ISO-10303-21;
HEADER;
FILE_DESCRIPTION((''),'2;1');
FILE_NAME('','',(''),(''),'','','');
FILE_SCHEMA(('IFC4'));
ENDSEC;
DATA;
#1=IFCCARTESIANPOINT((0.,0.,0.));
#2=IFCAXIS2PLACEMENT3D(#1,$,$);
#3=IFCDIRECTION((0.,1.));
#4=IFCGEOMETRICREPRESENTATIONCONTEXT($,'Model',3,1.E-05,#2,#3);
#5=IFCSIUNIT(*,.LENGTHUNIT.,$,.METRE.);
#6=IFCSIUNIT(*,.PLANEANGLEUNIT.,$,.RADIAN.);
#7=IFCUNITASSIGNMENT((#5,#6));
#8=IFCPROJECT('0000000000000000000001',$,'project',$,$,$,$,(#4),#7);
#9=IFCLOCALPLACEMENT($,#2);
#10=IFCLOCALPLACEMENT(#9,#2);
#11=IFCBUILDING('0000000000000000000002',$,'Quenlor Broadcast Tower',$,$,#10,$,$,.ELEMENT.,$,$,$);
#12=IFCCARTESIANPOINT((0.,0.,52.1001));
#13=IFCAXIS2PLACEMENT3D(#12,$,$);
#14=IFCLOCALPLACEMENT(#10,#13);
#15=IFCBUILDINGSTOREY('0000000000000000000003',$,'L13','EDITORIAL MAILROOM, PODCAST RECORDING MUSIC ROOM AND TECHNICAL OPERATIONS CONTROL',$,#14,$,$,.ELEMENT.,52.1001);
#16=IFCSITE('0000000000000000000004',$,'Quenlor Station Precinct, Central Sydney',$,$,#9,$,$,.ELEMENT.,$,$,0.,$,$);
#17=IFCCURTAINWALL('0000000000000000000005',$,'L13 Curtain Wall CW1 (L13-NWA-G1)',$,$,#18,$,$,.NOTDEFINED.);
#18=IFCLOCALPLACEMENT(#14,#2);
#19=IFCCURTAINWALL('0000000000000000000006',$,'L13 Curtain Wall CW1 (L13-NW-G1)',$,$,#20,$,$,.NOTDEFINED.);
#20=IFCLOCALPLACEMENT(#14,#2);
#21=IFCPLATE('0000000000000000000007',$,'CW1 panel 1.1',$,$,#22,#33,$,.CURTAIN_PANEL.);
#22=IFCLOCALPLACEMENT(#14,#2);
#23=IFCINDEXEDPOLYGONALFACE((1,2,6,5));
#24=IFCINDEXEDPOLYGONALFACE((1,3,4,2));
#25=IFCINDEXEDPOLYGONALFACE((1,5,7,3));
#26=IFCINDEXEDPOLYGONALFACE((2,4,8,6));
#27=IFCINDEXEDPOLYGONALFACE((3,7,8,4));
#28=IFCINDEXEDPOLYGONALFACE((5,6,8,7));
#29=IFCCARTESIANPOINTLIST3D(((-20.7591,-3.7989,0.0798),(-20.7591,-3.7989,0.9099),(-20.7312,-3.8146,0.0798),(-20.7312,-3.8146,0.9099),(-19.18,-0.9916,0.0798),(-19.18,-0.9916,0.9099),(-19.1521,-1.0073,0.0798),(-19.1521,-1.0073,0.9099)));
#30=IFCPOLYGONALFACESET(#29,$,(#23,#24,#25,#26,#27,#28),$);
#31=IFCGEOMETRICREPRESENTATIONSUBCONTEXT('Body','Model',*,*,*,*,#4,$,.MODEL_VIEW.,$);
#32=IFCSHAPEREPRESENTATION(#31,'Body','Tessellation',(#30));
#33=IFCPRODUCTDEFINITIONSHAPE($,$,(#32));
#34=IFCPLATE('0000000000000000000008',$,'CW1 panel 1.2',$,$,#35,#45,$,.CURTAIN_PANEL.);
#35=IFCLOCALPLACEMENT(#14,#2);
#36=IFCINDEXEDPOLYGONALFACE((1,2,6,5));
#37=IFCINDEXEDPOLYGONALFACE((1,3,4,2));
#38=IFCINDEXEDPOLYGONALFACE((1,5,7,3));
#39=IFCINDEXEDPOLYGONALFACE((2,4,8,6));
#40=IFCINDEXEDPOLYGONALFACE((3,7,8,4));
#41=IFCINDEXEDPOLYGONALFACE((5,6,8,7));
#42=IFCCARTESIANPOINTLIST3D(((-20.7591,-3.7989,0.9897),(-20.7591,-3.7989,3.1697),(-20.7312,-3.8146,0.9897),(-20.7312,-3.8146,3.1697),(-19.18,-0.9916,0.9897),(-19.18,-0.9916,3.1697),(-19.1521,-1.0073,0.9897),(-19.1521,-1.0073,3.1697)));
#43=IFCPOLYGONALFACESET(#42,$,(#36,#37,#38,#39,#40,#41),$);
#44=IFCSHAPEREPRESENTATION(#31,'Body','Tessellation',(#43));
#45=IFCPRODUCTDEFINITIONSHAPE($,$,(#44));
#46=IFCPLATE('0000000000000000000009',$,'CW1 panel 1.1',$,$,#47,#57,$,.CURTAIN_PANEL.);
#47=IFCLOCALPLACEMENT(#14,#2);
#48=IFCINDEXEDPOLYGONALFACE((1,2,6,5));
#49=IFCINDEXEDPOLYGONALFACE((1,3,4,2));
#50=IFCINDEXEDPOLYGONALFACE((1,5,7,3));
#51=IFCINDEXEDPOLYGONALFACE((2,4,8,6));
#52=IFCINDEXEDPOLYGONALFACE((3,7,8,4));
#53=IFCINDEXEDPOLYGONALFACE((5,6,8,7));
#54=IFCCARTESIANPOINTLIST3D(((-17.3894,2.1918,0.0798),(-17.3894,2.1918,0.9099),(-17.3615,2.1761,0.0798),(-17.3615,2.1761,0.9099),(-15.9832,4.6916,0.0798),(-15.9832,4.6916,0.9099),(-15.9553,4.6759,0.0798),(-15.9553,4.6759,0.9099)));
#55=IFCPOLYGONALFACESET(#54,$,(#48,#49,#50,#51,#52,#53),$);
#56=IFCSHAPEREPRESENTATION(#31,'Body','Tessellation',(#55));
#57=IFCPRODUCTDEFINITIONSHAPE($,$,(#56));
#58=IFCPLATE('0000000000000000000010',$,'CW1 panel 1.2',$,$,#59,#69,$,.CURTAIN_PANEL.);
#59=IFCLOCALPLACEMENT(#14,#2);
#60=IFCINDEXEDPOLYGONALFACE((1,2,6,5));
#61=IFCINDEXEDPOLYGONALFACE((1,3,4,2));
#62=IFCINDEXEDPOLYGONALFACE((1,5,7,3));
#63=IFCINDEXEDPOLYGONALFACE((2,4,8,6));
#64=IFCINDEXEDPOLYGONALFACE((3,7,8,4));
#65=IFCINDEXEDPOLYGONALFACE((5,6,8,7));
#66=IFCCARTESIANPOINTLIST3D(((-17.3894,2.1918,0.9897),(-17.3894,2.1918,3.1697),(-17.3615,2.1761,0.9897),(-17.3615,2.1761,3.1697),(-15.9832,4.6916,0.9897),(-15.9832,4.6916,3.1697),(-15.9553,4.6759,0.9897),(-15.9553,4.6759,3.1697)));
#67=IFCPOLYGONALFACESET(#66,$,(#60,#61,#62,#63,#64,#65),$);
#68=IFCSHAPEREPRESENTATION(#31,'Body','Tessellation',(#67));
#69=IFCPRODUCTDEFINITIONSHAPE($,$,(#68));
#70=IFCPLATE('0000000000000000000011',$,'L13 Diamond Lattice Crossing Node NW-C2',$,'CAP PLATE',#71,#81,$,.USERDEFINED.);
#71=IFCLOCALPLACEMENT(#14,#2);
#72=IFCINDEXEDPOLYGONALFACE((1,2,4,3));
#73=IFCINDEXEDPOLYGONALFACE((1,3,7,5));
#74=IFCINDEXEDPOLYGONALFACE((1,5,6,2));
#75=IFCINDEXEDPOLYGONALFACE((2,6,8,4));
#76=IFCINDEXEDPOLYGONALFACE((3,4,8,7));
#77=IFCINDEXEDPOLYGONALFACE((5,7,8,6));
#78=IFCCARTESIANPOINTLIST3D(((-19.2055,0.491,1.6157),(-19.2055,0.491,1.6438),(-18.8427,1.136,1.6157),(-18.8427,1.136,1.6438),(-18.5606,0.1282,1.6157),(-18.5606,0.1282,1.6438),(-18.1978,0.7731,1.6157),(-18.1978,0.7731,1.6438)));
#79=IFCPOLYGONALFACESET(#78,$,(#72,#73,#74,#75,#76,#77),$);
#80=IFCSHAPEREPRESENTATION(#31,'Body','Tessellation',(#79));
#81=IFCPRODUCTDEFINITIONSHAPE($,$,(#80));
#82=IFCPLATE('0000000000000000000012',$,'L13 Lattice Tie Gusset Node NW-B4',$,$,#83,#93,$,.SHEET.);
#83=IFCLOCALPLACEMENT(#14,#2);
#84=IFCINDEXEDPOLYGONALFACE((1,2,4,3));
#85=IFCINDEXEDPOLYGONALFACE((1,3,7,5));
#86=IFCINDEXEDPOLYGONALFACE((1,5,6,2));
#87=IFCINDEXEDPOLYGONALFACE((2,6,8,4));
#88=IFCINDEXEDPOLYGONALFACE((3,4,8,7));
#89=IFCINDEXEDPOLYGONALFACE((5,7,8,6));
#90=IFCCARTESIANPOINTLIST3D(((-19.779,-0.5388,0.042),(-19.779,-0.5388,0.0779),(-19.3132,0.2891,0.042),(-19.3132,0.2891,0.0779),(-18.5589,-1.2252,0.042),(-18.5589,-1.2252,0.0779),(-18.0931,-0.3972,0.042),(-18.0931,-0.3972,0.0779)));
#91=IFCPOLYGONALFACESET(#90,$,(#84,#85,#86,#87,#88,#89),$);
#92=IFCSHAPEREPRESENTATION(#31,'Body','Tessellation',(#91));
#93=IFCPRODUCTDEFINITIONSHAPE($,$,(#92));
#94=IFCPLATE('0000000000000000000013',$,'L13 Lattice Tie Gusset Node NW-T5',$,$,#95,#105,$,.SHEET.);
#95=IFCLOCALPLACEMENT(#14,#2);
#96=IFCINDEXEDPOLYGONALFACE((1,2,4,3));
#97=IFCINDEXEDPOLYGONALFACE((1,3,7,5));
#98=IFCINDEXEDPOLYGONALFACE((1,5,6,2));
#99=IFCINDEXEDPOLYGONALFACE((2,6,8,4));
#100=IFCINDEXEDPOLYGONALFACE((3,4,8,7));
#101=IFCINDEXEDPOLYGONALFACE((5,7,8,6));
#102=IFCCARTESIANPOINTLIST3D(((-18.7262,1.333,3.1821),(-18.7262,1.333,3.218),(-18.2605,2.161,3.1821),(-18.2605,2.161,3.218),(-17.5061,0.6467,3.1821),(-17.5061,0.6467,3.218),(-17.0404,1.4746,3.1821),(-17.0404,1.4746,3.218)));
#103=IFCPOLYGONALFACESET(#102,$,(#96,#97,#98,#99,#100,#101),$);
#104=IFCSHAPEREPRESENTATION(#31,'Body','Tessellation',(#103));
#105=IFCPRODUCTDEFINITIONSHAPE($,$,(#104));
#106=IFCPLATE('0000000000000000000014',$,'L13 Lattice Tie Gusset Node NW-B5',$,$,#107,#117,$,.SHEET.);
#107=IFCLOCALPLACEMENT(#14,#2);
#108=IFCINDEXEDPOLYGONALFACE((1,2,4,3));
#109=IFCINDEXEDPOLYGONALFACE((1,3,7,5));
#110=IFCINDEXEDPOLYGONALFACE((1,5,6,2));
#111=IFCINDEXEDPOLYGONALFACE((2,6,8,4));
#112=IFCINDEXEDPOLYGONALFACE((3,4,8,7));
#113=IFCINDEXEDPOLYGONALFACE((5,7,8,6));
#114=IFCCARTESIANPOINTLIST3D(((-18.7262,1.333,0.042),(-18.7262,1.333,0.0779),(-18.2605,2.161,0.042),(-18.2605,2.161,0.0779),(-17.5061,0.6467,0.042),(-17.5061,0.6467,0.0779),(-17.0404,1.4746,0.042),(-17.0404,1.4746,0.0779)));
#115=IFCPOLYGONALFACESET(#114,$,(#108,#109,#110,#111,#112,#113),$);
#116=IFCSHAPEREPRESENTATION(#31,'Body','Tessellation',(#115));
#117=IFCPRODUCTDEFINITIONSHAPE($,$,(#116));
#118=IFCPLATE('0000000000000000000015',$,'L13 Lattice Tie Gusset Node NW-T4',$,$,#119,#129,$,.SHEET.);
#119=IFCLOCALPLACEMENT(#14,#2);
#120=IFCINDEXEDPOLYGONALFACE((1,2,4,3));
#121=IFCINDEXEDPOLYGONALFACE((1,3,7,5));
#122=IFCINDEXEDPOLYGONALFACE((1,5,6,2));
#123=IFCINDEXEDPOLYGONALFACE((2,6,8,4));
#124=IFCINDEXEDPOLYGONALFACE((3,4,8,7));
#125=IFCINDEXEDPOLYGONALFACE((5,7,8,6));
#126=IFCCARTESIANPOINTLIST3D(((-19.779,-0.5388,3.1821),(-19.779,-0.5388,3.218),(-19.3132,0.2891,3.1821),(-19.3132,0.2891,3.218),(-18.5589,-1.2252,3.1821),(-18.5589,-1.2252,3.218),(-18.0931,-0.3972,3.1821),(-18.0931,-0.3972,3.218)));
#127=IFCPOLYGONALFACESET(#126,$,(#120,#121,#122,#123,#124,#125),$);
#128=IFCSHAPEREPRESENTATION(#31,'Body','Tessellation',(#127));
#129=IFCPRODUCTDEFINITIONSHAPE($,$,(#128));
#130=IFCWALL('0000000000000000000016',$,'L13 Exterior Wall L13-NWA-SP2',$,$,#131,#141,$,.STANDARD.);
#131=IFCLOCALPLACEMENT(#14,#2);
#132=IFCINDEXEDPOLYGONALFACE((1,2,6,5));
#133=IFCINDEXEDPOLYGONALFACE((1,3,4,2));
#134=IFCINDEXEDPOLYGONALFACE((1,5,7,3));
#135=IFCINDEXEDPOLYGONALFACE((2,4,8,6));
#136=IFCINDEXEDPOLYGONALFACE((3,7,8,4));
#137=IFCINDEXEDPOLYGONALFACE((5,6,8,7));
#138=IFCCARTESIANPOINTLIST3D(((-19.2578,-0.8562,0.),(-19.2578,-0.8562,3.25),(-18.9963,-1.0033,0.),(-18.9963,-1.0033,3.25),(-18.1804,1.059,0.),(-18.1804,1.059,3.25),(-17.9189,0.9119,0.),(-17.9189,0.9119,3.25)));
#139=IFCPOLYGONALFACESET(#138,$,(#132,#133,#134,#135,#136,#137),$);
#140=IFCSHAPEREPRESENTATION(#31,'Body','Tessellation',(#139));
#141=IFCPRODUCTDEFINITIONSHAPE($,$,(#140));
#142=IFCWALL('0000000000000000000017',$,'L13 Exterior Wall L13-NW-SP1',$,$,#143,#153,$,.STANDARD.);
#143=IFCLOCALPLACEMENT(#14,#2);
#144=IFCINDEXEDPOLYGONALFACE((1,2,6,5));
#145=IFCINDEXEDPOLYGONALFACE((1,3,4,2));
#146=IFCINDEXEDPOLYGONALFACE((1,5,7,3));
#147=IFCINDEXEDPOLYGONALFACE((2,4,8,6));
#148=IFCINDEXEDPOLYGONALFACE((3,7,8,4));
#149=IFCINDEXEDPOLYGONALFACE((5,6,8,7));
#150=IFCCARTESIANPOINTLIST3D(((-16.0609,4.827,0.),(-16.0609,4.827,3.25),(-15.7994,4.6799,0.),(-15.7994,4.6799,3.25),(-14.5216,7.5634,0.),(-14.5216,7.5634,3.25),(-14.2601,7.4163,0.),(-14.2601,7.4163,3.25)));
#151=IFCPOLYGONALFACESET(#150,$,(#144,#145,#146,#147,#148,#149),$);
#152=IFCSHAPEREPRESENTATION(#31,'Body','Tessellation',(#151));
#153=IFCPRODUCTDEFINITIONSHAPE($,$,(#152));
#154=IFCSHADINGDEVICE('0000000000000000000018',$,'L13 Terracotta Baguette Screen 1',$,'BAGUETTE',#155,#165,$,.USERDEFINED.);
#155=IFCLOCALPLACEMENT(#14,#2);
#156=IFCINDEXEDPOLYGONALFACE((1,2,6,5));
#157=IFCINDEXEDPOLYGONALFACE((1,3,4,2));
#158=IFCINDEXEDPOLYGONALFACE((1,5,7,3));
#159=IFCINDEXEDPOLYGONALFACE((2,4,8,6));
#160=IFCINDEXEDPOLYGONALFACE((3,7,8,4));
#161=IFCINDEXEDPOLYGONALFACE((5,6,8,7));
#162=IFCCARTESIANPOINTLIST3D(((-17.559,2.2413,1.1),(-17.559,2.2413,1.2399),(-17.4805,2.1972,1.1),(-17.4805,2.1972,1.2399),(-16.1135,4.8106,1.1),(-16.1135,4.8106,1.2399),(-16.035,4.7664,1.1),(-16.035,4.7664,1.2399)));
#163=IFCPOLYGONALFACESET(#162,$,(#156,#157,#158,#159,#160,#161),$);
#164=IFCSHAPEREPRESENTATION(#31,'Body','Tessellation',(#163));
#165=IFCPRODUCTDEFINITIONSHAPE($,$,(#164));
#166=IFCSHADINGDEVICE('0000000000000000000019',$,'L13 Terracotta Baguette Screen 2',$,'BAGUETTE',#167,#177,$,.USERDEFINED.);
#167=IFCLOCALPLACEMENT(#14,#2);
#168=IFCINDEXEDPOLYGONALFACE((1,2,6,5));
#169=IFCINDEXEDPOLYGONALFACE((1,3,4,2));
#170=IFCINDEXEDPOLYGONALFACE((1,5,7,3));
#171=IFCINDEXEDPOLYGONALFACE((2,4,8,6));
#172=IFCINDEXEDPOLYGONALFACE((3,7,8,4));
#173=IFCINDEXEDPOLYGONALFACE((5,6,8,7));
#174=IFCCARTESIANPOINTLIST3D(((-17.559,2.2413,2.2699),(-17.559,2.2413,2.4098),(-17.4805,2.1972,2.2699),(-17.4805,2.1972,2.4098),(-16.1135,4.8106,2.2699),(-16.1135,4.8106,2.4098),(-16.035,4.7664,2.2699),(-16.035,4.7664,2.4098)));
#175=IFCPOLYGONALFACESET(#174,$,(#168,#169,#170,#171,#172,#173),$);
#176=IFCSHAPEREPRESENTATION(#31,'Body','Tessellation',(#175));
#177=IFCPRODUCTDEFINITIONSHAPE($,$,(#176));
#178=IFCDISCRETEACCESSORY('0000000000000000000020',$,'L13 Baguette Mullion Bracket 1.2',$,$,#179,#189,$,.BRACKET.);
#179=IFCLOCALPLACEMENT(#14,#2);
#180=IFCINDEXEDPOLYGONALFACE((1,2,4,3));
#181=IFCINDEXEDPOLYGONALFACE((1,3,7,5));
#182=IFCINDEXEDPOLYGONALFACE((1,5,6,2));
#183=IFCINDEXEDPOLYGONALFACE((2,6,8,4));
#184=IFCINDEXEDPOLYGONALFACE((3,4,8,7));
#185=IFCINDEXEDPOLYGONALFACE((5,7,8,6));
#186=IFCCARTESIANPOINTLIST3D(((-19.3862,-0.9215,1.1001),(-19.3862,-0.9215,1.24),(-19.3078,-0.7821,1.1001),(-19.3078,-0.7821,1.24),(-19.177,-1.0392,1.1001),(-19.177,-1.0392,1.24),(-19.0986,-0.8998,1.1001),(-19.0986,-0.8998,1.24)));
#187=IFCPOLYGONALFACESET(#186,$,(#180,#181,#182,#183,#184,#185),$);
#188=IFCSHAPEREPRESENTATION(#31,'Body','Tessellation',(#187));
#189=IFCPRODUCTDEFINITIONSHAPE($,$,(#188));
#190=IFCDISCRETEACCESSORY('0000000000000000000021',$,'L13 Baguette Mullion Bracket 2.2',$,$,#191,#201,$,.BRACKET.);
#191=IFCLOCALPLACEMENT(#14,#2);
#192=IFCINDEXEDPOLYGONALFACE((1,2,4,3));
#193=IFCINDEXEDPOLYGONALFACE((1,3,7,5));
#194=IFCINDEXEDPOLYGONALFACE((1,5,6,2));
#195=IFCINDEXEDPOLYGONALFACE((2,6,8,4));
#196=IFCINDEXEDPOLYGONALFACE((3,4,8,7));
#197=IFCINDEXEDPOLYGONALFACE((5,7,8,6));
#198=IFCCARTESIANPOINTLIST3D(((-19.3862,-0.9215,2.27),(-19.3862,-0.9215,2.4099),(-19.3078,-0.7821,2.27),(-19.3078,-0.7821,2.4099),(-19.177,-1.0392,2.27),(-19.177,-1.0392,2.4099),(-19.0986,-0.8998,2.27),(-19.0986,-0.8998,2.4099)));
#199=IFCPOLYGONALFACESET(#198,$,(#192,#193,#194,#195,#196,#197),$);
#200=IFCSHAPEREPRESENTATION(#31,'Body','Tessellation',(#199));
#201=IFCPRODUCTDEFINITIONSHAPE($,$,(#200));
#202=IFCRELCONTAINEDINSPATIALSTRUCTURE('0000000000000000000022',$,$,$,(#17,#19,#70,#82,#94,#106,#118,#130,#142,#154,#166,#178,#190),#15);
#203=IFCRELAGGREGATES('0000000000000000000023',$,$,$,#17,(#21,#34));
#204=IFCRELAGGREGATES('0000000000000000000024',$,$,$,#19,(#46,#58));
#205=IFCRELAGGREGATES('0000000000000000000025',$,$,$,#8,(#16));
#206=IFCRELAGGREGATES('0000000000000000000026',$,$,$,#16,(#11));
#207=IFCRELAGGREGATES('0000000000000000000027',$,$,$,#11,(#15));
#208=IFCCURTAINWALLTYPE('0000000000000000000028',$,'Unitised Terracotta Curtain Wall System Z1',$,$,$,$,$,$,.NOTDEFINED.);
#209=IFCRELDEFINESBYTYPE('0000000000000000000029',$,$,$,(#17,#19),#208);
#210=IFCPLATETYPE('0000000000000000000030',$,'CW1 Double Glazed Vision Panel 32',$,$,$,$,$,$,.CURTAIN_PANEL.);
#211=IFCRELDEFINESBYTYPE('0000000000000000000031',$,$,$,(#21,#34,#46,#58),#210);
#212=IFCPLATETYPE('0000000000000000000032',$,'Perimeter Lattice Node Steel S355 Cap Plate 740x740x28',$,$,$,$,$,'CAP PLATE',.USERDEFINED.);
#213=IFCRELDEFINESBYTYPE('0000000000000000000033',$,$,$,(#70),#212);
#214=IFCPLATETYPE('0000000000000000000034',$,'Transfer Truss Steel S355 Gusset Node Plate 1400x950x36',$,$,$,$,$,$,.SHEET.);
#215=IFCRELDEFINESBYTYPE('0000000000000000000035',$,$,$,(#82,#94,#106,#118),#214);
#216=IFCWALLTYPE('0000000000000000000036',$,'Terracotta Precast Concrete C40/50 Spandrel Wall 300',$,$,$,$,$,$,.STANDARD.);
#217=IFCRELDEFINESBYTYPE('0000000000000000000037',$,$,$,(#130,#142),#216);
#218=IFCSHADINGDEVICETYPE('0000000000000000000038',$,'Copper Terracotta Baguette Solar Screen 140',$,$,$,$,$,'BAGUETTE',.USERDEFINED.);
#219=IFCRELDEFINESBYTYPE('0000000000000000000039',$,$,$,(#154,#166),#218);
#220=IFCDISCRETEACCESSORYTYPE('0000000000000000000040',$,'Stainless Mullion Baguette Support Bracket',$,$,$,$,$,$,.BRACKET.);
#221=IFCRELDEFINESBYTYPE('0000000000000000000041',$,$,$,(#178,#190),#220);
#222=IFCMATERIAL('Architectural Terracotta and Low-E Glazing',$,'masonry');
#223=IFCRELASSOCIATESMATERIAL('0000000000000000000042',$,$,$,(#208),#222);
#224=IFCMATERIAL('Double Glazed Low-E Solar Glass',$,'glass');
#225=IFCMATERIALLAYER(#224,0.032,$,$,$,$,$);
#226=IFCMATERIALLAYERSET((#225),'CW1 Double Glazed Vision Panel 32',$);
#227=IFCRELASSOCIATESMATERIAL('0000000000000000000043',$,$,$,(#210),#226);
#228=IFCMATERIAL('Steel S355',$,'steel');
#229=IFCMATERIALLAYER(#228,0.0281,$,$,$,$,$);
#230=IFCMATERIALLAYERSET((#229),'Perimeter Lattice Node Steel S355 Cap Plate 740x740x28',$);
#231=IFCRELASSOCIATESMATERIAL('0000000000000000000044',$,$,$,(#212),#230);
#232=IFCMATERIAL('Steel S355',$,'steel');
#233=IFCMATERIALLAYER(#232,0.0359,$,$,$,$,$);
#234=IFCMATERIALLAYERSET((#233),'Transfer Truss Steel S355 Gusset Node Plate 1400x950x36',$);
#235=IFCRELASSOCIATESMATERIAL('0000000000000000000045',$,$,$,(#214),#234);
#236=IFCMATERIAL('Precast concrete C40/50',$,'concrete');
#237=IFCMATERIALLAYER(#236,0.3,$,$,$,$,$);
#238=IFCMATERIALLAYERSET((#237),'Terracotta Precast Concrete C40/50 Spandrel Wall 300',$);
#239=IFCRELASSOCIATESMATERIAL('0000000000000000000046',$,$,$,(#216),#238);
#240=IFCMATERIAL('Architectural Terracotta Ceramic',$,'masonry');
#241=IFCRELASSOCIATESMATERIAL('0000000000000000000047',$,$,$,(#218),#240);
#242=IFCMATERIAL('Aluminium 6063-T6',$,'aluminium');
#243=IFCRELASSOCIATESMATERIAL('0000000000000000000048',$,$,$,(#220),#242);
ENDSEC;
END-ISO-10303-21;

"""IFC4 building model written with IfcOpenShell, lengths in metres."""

from ifc_helpers import new_model, si_unit, direction, frame, frame_2d, origin, origin_2d, place, context, subcontext, project, spatial, rectangle, extrude, material, layer, layer_set, material_profile, profile_set, type_object, element, aggregate, save


model = new_model("IFC4")

# Units and contexts
model_context = context("Model", 3, precision=1e-05, world=origin(), true_north=direction((0.0, 1.0)))
body_context = subcontext(model_context, "Body", "Model", "MODEL_VIEW")
ifc_project = project(units=[si_unit("LENGTHUNIT", "METRE"), si_unit("PLANEANGLEUNIT", "RADIAN")], contexts=[model_context])

# Site, building, storey
site_placement = place(None, origin())
site = spatial("IfcSite", under=ifc_project, at=site_placement, Name="Quenlor Station Precinct, Central Sydney", CompositionType="ELEMENT", RefElevation=0.0)
building_placement = place(site_placement, origin())
building = spatial("IfcBuilding", under=site, at=building_placement, Name="Quenlor Broadcast Tower", CompositionType="ELEMENT")
storey_placement = place(building_placement, frame((0.0, 0.0, 52.1001)))
storey = spatial("IfcBuildingStorey", under=building, at=storey_placement, Name="L13", Description="EDITORIAL MAILROOM, PODCAST RECORDING MUSIC ROOM AND TECHNICAL OPERATIONS CONTROL", CompositionType="ELEMENT", Elevation=52.1001)

# Curtain wall
ifc_material_1 = material(Name="Architectural Terracotta and Low-E Glazing", Category="masonry")
curtain_wall_type = type_object("IfcCurtainWallType", Name="Unitised Terracotta Curtain Wall System Z1", PredefinedType="NOTDEFINED", material=ifc_material_1)
curtain_wall_1_placement = place(storey_placement, origin())
curtain_wall_1 = element("IfcCurtainWall", 1, at=curtain_wall_1_placement, inside=storey, type_object=curtain_wall_type, Name="L13 Curtain Wall CW1 (L13-NWA-G1)", PredefinedType="NOTDEFINED")

# Curtain wall
curtain_wall_2_placement = place(storey_placement, origin())
curtain_wall_2 = element("IfcCurtainWall", 2, at=curtain_wall_2_placement, inside=storey, type_object=curtain_wall_type, Name="L13 Curtain Wall CW1 (L13-NW-G1)", PredefinedType="NOTDEFINED")

# Plates
ifc_material_2 = material(Name="Double Glazed Low-E Solar Glass", Category="glass")
ifc_layer_1 = layer(ifc_material_2, 0.032)
ifc_layer_set_1 = layer_set([ifc_layer_1], Name="CW1 Double Glazed Vision Panel 32")
plate_type_1 = type_object("IfcPlateType", Name="CW1 Double Glazed Vision Panel 32", PredefinedType="CURTAIN_PANEL", material=ifc_layer_set_1)
plate_1_placement = place(storey_placement, frame((-19.9556, -2.4031, 0.0798), z_axis=(0.0, 0.0, 1.0), x_axis=(0.490257, 0.871578, 0.0)))
plate_1 = element("IfcPlate", 3, at=plate_1_placement, type_object=plate_type_1, Name="CW1 panel 1.1", PredefinedType="CURTAIN_PANEL", context=body_context, shape_type="SweptSolid", body=[
    extrude(rectangle(XDim=3.2209, YDim=0.032, at=origin_2d()), origin(), (0.0, 0.0, 1.0), 0.8301),
])
plate_2_placement = place(storey_placement, frame((-19.9556, -2.4031, 0.9897), z_axis=(0.0, 0.0, 1.0), x_axis=(0.490257, 0.871578, 0.0)))
plate_2 = element("IfcPlate", 4, at=plate_2_placement, type_object=plate_type_1, Name="CW1 panel 1.2", PredefinedType="CURTAIN_PANEL", context=body_context, shape_type="SweptSolid", body=[
    extrude(rectangle(XDim=3.2209, YDim=0.032, at=origin_2d()), origin(), (0.0, 0.0, 1.0), 2.1799),
])
aggregate(curtain_wall_1, [plate_1, plate_2])
plate_3_placement = place(storey_placement, frame((-16.6724, 3.4338, 0.0798), z_axis=(0.0, 0.0, 1.0), x_axis=(0.490274, 0.871568, 0.0)))
plate_3 = element("IfcPlate", 5, at=plate_3_placement, type_object=plate_type_1, Name="CW1 panel 1.1", PredefinedType="CURTAIN_PANEL", context=body_context, shape_type="SweptSolid", body=[
    extrude(rectangle(XDim=2.8682, YDim=0.032, at=origin_2d()), origin(), (0.0, 0.0, 1.0), 0.8301),
])
plate_4_placement = place(storey_placement, frame((-16.6724, 3.4338, 0.9897), z_axis=(0.0, 0.0, 1.0), x_axis=(0.490274, 0.871568, 0.0)))
plate_4 = element("IfcPlate", 6, at=plate_4_placement, type_object=plate_type_1, Name="CW1 panel 1.2", PredefinedType="CURTAIN_PANEL", context=body_context, shape_type="SweptSolid", body=[
    extrude(rectangle(XDim=2.8682, YDim=0.032, at=origin_2d()), origin(), (0.0, 0.0, 1.0), 2.1799),
])
aggregate(curtain_wall_2, [plate_3, plate_4])

# Plates
ifc_material_3 = material(Name="Steel S355", Category="steel")
ifc_layer_2 = layer(ifc_material_3, 0.0281)
ifc_layer_set_2 = layer_set([ifc_layer_2], Name="Perimeter Lattice Node Steel S355 Cap Plate 740x740x28")
plate_type_2 = type_object("IfcPlateType", Name="Perimeter Lattice Node Steel S355 Cap Plate 740x740x28", ElementType="CAP PLATE", PredefinedType="USERDEFINED", material=ifc_layer_set_2)
plate_5_placement = place(storey_placement, frame((-18.7017, 0.6321, 1.6157), z_axis=(0.0, 0.0, 1.0), x_axis=(0.490295, 0.871556, 0.0)))
element("IfcPlate", 7, at=plate_5_placement, inside=storey, type_object=plate_type_2, Name="L13 Diamond Lattice Crossing Node NW-C2", ObjectType="CAP PLATE", PredefinedType="USERDEFINED", context=body_context, shape_type="SweptSolid", body=[
    extrude(rectangle(XDim=0.74, YDim=0.74, at=origin_2d()), origin(), (0.0, 0.0, 1.0), 0.0281),
])
ifc_material_4 = material(Name="Steel S355", Category="steel")
ifc_layer_3 = layer(ifc_material_4, 0.0359)
ifc_layer_set_3 = layer_set([ifc_layer_3], Name="Transfer Truss Steel S355 Gusset Node Plate 1400x950x36")
plate_type_3 = type_object("IfcPlateType", Name="Transfer Truss Steel S355 Gusset Node Plate 1400x950x36", PredefinedType="SHEET", material=ifc_layer_set_3)
for number, where, z_axis, x_axis, name in (
    (8, (-18.936, -0.468, 0.042), (0.0, 0.0, 1.0), (-0.871556, 0.490295, 0.0), "L13 Lattice Tie Gusset Node NW-B4"),
    (9, (-17.8833, 1.4038, 3.1821), (0.0, 0.0, 1.0), (-0.871556, 0.490295, 0.0), "L13 Lattice Tie Gusset Node NW-T5"),
    (10, (-17.8833, 1.4038, 0.042), (0.0, 0.0, 1.0), (-0.871556, 0.490295, 0.0), "L13 Lattice Tie Gusset Node NW-B5"),
    (11, (-18.936, -0.468, 3.1821), (0.0, 0.0, 1.0), (-0.871556, 0.490295, 0.0), "L13 Lattice Tie Gusset Node NW-T4"),
):
    element("IfcPlate", number, at=place(storey_placement, frame(where, z_axis=z_axis, x_axis=x_axis)), inside=storey, type_object=plate_type_3, Name=name, PredefinedType="SHEET", context=body_context, shape_type="SweptSolid", body=[
        extrude(rectangle(XDim=1.3999, YDim=0.95, at=origin_2d()), origin(), (0.0, 0.0, 1.0), 0.0359),
    ])

# Walls
ifc_material_5 = material(Name="Precast concrete C40/50", Category="concrete")
ifc_layer_4 = layer(ifc_material_5, 0.3)
ifc_layer_set_4 = layer_set([ifc_layer_4], Name="Terracotta Precast Concrete C40/50 Spandrel Wall 300")
wall_type = type_object("IfcWallType", Name="Terracotta Precast Concrete C40/50 Spandrel Wall 300", PredefinedType="STANDARD", material=ifc_layer_set_4)
wall_1_placement = place(storey_placement, frame((-19.127, -0.9297, 0.0), z_axis=(0.0, 0.0, 1.0), x_axis=(0.490277, 0.871567, 0.0)))
element("IfcWall", 12, at=wall_1_placement, inside=storey, type_object=wall_type, Name="L13 Exterior Wall L13-NWA-SP2", PredefinedType="STANDARD", context=body_context, shape_type="SweptSolid", body=[
    extrude(rectangle(XDim=2.1975, YDim=0.3, at=frame_2d((1.0986, 0.0))), origin(), (0.0, 0.0, 1.0), 3.25),
])
wall_2_placement = place(storey_placement, frame((-15.9302, 4.7534, 0.0), z_axis=(0.0, 0.0, 1.0), x_axis=(0.490291, 0.871559, 0.0)))
element("IfcWall", 13, at=wall_2_placement, inside=storey, type_object=wall_type, Name="L13 Exterior Wall L13-NW-SP1", PredefinedType="STANDARD", context=body_context, shape_type="SweptSolid", body=[
    extrude(rectangle(XDim=3.1396, YDim=0.3, at=frame_2d((1.5698, 0.0))), origin(), (0.0, 0.0, 1.0), 3.25),
])

# Shading devices
ifc_material_6 = material(Name="Architectural Terracotta Ceramic", Category="masonry")
ifc_material_profile_1 = material_profile(ifc_material_6, rectangle(XDim=0.0901, YDim=0.1399, at=origin_2d()))
ifc_profile_set_1 = profile_set([ifc_material_profile_1], Name="Architectural Terracotta Ceramic BAG90x140")
shading_device_type = type_object("IfcShadingDeviceType", Name="Copper Terracotta Baguette Solar Screen 140", ElementType="BAGUETTE", PredefinedType="USERDEFINED", material=ifc_profile_set_1)
for number, where, z_axis, x_axis, name in (
    (14, (-17.5198, 2.2192, 1.1699), (0.49034, 0.871531, 0.0), (-0.871531, 0.49034, 0.0), "L13 Terracotta Baguette Screen 1"),
    (15, (-17.5198, 2.2192, 2.3398), (0.49034, 0.871531, 0.0), (-0.871531, 0.49034, 0.0), "L13 Terracotta Baguette Screen 2"),
):
    element("IfcShadingDevice", number, at=place(storey_placement, frame(where, z_axis=z_axis, x_axis=x_axis)), inside=storey, type_object=shading_device_type, Name=name, ObjectType="BAGUETTE", PredefinedType="USERDEFINED", context=body_context, shape_type="SweptSolid", body=[
        extrude(rectangle(XDim=0.0901, YDim=0.1399, at=origin_2d()), origin(), (0.0, 0.0, 1.0), 2.948),
    ])

# Discrete accessories
ifc_material_7 = material(Name="Aluminium 6063-T6", Category="aluminium")
discrete_accessory_type = type_object("IfcDiscreteAccessoryType", Name="Stainless Mullion Baguette Support Bracket", PredefinedType="BRACKET", material=ifc_material_7)
for number, where, z_axis, x_axis, name in (
    (16, (-19.2424, -0.9106, 1.1001), (0.0, 0.0, 1.0), (0.490257, 0.871578, 0.0), "L13 Baguette Mullion Bracket 1.2"),
    (17, (-19.2424, -0.9106, 2.27), (0.0, 0.0, 1.0), (0.490257, 0.871578, 0.0), "L13 Baguette Mullion Bracket 2.2"),
):
    element("IfcDiscreteAccessory", number, at=place(storey_placement, frame(where, z_axis=z_axis, x_axis=x_axis)), inside=storey, type_object=discrete_accessory_type, Name=name, PredefinedType="BRACKET", context=body_context, shape_type="SweptSolid", body=[
        extrude(rectangle(XDim=0.1599, YDim=0.24, at=origin_2d()), origin(), (0.0, 0.0, 1.0), 0.1399),
    ])

save(model, "model.ifc")
